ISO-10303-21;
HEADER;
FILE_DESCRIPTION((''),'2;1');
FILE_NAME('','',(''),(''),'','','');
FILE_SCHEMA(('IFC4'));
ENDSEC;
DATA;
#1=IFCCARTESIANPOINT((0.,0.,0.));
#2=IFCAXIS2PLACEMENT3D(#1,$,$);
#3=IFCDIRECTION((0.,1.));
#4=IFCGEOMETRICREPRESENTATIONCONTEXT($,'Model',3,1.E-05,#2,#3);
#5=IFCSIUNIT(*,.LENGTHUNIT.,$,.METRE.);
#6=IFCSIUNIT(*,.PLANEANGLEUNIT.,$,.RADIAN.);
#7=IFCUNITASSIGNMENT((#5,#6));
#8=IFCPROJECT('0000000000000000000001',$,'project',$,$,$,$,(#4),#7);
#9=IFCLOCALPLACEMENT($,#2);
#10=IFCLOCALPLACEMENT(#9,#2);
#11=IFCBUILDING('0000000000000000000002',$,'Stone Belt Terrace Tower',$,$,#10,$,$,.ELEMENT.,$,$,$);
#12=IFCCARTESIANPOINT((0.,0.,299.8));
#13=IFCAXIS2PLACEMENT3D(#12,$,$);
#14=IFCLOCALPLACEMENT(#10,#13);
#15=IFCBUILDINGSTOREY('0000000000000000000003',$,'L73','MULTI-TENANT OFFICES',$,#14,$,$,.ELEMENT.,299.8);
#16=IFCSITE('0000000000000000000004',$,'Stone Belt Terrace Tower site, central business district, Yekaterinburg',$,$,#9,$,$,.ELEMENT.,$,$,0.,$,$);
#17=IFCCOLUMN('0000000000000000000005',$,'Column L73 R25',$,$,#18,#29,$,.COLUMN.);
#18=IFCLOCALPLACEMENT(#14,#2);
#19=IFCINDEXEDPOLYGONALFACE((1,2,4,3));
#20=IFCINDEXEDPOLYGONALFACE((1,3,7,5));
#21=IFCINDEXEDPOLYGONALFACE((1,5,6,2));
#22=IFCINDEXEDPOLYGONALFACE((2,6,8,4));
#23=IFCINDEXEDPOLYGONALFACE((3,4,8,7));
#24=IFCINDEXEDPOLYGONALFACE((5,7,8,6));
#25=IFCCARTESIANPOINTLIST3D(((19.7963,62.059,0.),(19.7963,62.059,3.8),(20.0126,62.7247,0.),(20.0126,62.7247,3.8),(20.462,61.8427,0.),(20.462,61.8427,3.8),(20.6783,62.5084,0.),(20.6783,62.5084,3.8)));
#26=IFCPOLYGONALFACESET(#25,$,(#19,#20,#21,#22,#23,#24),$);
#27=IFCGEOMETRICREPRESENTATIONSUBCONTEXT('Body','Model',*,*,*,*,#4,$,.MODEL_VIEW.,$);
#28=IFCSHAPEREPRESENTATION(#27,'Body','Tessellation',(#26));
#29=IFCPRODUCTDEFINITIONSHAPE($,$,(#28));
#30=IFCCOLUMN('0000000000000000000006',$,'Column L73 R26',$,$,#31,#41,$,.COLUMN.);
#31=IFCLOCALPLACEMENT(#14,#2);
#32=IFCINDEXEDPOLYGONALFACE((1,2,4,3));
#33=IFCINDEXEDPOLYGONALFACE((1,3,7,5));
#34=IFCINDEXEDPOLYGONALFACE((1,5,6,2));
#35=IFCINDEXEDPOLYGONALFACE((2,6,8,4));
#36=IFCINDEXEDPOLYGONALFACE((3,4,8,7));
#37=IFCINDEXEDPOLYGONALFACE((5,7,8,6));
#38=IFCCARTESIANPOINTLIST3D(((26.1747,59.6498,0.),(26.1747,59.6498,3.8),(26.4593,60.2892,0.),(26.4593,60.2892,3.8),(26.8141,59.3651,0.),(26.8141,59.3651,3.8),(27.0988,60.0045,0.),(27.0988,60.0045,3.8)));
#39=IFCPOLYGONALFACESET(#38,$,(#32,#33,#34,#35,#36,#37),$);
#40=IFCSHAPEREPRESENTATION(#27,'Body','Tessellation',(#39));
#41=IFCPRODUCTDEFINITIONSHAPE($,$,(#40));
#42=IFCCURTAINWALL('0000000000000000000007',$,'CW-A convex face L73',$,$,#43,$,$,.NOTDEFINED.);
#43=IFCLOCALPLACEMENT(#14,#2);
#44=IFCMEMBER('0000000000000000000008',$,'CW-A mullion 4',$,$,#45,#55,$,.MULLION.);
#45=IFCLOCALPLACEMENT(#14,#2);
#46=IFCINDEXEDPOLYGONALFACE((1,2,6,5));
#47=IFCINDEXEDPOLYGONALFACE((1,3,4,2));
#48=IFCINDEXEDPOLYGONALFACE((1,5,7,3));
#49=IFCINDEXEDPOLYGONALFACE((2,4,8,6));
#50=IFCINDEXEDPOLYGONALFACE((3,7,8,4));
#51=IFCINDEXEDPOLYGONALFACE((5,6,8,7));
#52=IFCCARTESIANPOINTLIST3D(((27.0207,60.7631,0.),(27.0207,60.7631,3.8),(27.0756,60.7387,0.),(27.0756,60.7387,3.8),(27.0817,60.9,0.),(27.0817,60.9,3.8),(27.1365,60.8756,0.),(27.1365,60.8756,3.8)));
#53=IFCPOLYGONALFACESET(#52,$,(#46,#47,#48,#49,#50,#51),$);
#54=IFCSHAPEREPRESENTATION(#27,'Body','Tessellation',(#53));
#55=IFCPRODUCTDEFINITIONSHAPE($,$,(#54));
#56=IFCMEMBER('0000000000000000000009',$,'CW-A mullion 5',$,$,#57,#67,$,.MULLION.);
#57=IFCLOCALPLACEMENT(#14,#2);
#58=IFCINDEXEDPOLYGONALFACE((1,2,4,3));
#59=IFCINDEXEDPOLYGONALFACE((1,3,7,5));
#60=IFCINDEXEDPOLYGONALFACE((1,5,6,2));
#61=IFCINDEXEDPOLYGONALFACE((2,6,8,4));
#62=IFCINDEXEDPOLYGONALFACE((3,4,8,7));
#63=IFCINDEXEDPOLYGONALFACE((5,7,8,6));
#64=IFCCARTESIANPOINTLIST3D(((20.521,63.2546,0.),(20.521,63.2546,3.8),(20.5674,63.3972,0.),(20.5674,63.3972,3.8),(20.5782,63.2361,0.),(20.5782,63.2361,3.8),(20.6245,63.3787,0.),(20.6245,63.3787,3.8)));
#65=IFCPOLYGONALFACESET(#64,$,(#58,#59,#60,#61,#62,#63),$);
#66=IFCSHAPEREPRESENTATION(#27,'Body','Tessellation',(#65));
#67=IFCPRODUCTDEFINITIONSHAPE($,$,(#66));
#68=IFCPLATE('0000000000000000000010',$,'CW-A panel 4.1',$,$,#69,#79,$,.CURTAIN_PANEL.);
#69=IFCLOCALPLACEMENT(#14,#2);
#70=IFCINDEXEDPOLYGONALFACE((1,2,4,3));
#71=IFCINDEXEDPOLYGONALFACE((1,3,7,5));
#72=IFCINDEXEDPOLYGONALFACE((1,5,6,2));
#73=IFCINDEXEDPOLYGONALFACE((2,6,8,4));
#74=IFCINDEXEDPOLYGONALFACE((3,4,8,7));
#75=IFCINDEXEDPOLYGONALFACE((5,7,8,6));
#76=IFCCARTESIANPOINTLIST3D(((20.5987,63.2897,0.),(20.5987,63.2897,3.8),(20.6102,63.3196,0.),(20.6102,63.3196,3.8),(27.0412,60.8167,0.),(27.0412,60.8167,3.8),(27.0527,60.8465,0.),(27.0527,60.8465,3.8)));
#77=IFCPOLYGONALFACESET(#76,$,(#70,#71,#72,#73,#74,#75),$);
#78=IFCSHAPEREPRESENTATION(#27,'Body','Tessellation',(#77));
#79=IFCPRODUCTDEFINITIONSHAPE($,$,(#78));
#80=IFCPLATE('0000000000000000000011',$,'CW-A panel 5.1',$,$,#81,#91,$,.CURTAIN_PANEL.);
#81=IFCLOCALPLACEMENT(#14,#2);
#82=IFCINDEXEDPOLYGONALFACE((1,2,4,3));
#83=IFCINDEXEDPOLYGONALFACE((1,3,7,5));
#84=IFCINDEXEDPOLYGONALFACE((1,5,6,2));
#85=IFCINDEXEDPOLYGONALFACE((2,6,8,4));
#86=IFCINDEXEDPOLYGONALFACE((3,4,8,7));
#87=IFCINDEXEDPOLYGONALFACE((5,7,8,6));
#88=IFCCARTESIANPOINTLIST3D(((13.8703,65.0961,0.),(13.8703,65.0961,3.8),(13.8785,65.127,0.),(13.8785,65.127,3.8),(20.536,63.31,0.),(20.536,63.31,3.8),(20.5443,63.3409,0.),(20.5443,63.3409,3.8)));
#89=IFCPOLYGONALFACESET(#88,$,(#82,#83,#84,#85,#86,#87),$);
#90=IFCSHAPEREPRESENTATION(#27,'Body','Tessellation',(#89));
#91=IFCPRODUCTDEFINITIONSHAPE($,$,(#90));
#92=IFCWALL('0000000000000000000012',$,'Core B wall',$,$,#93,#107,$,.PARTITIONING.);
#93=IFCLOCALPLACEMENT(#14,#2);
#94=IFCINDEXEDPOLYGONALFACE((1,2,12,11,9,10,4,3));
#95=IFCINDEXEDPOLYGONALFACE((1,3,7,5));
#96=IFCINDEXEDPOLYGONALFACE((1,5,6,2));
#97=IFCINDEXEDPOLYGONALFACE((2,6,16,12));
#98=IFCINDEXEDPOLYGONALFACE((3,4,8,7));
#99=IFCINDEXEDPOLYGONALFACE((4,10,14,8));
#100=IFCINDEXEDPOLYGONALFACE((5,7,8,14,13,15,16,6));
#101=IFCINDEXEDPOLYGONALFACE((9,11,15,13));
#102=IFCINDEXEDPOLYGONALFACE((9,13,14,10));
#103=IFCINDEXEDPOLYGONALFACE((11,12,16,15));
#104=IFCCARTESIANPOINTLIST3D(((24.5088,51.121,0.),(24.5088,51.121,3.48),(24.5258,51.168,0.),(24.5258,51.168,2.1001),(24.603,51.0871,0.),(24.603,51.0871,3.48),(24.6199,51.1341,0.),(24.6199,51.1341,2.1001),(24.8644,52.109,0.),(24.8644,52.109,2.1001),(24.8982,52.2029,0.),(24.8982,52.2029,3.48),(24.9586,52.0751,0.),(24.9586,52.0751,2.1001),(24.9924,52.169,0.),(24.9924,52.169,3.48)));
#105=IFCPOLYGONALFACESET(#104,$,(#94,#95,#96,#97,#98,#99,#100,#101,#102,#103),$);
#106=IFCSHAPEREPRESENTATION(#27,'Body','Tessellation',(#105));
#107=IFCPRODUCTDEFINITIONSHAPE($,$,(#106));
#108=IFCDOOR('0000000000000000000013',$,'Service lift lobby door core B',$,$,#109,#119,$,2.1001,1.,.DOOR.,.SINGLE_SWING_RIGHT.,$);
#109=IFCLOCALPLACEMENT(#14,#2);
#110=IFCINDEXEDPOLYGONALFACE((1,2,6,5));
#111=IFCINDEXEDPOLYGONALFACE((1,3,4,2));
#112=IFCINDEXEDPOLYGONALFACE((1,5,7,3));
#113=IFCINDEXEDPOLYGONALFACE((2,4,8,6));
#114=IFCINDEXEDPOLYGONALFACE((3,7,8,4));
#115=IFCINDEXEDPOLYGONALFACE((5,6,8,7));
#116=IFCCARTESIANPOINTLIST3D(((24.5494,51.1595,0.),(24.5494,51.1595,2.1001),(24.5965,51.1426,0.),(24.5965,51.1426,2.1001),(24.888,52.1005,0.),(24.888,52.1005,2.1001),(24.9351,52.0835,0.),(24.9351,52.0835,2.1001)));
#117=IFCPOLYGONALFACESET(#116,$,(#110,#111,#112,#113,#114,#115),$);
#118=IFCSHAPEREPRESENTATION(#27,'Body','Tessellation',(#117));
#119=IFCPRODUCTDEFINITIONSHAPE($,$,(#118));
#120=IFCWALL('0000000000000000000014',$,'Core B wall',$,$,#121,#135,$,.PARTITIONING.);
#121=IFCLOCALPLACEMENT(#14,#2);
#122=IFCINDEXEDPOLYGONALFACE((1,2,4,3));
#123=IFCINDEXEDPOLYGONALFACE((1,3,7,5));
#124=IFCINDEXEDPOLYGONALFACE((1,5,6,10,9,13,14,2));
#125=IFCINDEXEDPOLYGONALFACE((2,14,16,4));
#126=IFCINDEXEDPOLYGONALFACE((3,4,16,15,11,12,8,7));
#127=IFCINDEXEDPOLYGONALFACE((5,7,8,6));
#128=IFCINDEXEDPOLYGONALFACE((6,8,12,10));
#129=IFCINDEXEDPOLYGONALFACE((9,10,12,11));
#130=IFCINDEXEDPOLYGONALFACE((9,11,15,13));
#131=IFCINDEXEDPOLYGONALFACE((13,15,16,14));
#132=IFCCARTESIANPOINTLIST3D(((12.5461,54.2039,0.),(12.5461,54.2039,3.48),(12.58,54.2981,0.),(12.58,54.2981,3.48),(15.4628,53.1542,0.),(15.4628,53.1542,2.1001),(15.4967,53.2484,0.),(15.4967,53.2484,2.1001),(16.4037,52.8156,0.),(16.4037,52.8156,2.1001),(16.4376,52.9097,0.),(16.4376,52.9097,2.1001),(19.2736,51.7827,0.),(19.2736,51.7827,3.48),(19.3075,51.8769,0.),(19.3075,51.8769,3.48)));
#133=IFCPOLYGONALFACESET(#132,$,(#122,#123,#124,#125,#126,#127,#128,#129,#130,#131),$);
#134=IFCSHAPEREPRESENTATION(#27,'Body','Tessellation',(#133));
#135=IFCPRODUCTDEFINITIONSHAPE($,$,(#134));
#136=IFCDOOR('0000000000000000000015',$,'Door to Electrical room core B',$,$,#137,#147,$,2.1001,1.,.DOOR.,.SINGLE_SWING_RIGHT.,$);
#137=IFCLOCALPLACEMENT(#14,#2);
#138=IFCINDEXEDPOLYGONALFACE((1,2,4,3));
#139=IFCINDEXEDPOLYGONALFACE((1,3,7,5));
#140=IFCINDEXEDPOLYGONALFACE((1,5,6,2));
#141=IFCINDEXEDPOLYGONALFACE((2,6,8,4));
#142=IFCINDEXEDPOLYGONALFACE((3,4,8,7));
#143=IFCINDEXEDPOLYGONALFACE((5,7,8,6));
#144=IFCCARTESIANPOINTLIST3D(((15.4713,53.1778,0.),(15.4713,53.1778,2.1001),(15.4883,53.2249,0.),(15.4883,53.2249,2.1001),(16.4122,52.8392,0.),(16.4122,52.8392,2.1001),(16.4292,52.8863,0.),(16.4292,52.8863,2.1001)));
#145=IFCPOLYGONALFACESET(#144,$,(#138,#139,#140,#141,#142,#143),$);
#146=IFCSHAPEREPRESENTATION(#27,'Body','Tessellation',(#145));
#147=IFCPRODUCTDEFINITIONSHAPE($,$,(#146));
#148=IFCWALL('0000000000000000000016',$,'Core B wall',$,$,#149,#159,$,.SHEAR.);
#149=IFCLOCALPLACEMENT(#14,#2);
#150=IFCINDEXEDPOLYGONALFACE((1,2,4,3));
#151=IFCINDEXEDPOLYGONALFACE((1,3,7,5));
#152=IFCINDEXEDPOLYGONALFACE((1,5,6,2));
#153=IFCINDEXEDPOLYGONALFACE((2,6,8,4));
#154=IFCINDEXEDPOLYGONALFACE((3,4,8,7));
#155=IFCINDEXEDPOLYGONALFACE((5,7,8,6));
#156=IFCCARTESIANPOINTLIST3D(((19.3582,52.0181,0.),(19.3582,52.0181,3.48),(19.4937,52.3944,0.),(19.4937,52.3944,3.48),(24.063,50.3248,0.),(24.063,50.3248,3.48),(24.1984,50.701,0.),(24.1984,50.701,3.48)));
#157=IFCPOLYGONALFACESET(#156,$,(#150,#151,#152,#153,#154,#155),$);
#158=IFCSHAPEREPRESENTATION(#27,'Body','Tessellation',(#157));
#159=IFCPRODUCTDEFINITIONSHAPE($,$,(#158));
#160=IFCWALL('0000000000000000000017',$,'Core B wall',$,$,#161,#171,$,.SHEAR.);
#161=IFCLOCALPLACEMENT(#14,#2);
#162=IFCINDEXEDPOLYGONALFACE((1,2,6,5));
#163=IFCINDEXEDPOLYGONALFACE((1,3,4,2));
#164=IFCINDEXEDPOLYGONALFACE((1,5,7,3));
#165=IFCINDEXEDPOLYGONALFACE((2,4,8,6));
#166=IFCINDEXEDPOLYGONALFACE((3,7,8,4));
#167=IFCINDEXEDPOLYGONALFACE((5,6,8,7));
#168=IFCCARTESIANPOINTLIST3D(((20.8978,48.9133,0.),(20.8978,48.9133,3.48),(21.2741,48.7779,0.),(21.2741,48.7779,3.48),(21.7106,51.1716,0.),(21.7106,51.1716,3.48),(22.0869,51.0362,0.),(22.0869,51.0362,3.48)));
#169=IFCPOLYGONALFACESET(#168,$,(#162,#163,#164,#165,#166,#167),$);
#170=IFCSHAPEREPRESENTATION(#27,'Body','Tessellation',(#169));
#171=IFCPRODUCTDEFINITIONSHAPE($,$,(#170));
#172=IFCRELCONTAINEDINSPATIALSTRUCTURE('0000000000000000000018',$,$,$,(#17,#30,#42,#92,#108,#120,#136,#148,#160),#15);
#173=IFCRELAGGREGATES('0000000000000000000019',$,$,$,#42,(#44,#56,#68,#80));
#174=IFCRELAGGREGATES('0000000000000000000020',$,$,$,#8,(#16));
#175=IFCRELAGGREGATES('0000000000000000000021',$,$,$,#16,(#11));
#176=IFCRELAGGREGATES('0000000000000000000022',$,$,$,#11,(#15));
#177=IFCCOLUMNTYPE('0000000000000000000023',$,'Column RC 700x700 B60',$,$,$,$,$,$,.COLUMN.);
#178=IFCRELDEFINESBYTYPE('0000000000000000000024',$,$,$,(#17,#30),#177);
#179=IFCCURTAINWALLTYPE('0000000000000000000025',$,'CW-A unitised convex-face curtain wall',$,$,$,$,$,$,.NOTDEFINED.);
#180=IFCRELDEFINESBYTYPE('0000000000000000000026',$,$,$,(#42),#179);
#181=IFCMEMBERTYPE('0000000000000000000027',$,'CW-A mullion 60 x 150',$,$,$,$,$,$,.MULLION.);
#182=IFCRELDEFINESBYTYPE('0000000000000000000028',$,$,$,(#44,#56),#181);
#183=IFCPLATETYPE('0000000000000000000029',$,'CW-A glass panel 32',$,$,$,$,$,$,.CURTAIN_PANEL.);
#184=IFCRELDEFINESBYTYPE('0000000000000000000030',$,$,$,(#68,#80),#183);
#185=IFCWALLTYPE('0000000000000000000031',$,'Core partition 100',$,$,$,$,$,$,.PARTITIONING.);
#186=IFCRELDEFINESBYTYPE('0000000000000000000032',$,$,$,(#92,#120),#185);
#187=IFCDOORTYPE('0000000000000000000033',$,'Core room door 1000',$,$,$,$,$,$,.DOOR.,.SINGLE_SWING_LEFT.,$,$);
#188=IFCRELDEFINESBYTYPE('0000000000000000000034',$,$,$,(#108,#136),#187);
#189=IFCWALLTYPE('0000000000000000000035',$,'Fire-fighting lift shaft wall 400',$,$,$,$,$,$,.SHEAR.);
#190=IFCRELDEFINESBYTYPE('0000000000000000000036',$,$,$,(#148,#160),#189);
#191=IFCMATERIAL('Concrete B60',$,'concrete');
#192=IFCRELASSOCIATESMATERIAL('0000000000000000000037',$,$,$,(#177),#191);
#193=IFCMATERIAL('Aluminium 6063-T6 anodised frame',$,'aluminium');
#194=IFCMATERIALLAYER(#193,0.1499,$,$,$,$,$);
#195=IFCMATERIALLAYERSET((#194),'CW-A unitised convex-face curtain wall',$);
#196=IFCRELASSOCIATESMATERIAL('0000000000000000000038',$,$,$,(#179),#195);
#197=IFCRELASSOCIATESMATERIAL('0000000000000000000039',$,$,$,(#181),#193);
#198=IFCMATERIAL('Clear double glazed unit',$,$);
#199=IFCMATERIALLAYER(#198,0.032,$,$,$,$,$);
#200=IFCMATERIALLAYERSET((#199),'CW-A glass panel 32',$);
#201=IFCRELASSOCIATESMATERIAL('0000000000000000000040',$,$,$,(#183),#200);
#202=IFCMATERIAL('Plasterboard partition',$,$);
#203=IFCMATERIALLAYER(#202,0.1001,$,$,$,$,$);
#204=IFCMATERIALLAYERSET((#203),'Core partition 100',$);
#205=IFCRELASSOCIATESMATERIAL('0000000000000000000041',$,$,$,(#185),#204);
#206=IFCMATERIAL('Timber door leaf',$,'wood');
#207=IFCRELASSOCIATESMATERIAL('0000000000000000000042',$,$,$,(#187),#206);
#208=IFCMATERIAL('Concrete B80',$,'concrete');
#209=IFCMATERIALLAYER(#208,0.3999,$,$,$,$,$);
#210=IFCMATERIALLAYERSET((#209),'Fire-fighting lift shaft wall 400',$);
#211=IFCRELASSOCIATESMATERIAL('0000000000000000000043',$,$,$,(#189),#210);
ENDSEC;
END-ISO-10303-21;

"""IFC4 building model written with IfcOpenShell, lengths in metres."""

from ifc_helpers import new_model, si_unit, direction, frame, frame_2d, origin, origin_2d, place, context, subcontext, project, spatial, rectangle, extrude, material, layer, layer_set, material_profile, profile_set, type_object, element, fill, aggregate, save


model = new_model("IFC4")

# Units and contexts
model_context = context("Model", 3, precision=1e-05, world=origin(), true_north=direction((0.0, 1.0)))
body_context = subcontext(model_context, "Body", "Model", "MODEL_VIEW")
ifc_project = project(units=[si_unit("LENGTHUNIT", "METRE"), si_unit("PLANEANGLEUNIT", "RADIAN")], contexts=[model_context])

# Site, building, storey
site_placement = place(None, origin())
site = spatial("IfcSite", under=ifc_project, at=site_placement, Name="Stone Belt Terrace Tower site, central business district, Yekaterinburg", CompositionType="ELEMENT", RefElevation=0.0)
building_placement = place(site_placement, origin())
building = spatial("IfcBuilding", under=site, at=building_placement, Name="Stone Belt Terrace Tower", CompositionType="ELEMENT")
storey_placement = place(building_placement, frame((0.0, 0.0, 299.8)))
storey = spatial("IfcBuildingStorey", under=building, at=storey_placement, Name="L73", Description="MULTI-TENANT OFFICES", CompositionType="ELEMENT", Elevation=299.8)

# Columns
ifc_material_1 = material(Name="Concrete B60", Category="concrete")
ifc_material_profile_1 = material_profile(ifc_material_1, rectangle(XDim=0.7, YDim=0.7, at=origin_2d()), Name="RC 700x700")
ifc_profile_set_1 = profile_set([ifc_material_profile_1], Name="Concrete B60")
column_type = type_object("IfcColumnType", Name="Column RC 700x700 B60", PredefinedType="COLUMN", material=ifc_profile_set_1)
for number, where, z_axis, x_axis, name in (
    (1, (20.2373, 62.2837, 0.0), (0.0, 0.0, 1.0), (0.951057, -0.309017, 0.0), "Column L73 R25"),
    (2, (26.6367, 59.8271, 0.0), (0.0, 0.0, 1.0), (0.913545, -0.406737, 0.0), "Column L73 R26"),
):
    element("IfcColumn", number, at=place(storey_placement, frame(where, z_axis=z_axis, x_axis=x_axis)), inside=storey, type_object=column_type, Name=name, PredefinedType="COLUMN", context=body_context, shape_type="SweptSolid", body=[
        extrude(rectangle(XDim=0.7, YDim=0.7, at=origin_2d()), origin(), (0.0, 0.0, 1.0), 3.8),
    ])

# Curtain wall, members, plates
ifc_material_2 = material(Name="Aluminium 6063-T6 anodised frame", Category="aluminium")
ifc_layer_1 = layer(ifc_material_2, 0.1499)
ifc_layer_set_1 = layer_set([ifc_layer_1], Name="CW-A unitised convex-face curtain wall")
curtain_wall_type = type_object("IfcCurtainWallType", Name="CW-A unitised convex-face curtain wall", PredefinedType="NOTDEFINED", material=ifc_layer_set_1)
curtain_wall_placement = place(storey_placement, origin())
curtain_wall = element("IfcCurtainWall", 3, at=curtain_wall_placement, inside=storey, type_object=curtain_wall_type, Name="CW-A convex face L73", PredefinedType="NOTDEFINED")
ifc_material_profile_2 = material_profile(ifc_material_2, rectangle(XDim=0.1499, YDim=0.0601, at=origin_2d()), Name="Aluminium 6063-T6 60x150")
ifc_profile_set_2 = profile_set([ifc_material_profile_2], Name="Aluminium 6063-T6 anodised frame")
member_type = type_object("IfcMemberType", Name="CW-A mullion 60 x 150", PredefinedType="MULLION", material=ifc_profile_set_2)
member_1_placement = place(storey_placement, frame((27.0786, 60.8193, 0.0), z_axis=(0.0, 0.0, 1.0), x_axis=(-0.406737, -0.913545, 0.0)))
member_1 = element("IfcMember", 4, at=member_1_placement, type_object=member_type, Name="CW-A mullion 4", PredefinedType="MULLION", context=body_context, shape_type="SweptSolid", body=[
    extrude(rectangle(XDim=0.1499, YDim=0.0601, at=origin_2d()), origin(), (0.0, 0.0, 1.0), 3.8),
])
member_2_placement = place(storey_placement, frame((20.5728, 63.3167, 0.0), z_axis=(0.0, 0.0, 1.0), x_axis=(-0.309017, -0.951057, 0.0)))
member_2 = element("IfcMember", 5, at=member_2_placement, type_object=member_type, Name="CW-A mullion 5", PredefinedType="MULLION", context=body_context, shape_type="SweptSolid", body=[
    extrude(rectangle(XDim=0.1499, YDim=0.0601, at=origin_2d()), origin(), (0.0, 0.0, 1.0), 3.8),
])
ifc_material_3 = material(Name="Clear double glazed unit")
ifc_layer_2 = layer(ifc_material_3, 0.032)
ifc_layer_set_2 = layer_set([ifc_layer_2], Name="CW-A glass panel 32")
plate_type = type_object("IfcPlateType", Name="CW-A glass panel 32", PredefinedType="CURTAIN_PANEL", material=ifc_layer_set_2)
plate_1_placement = place(storey_placement, frame((23.8257, 62.0681, 0.0), z_axis=(0.0, 0.0, 1.0), x_axis=(-0.93358, 0.358368, 0.0)))
plate_1 = element("IfcPlate", 6, at=plate_1_placement, type_object=plate_type, Name="CW-A panel 4.1", PredefinedType="CURTAIN_PANEL", context=body_context, shape_type="SweptSolid", body=[
    extrude(rectangle(XDim=6.9009, YDim=0.032, at=origin_2d()), origin(), (0.0, 0.0, 1.0), 3.8),
])
plate_2_placement = place(storey_placement, frame((17.2073, 64.2185, 0.0), z_axis=(0.0, 0.0, 1.0), x_axis=(-0.965926, 0.258819, 0.0)))
plate_2 = element("IfcPlate", 7, at=plate_2_placement, type_object=plate_type, Name="CW-A panel 5.1", PredefinedType="CURTAIN_PANEL", context=body_context, shape_type="SweptSolid", body=[
    extrude(rectangle(XDim=6.9009, YDim=0.032, at=origin_2d()), origin(), (0.0, 0.0, 1.0), 3.8),
])
aggregate(curtain_wall, [member_1, member_2, plate_1, plate_2])

# Walls, openings, doors
ifc_material_4 = material(Name="Plasterboard partition")
ifc_layer_3 = layer(ifc_material_4, 0.1001)
ifc_layer_set_3 = layer_set([ifc_layer_3], Name="Core partition 100")
wall_type_1 = type_object("IfcWallType", Name="Core partition 100", PredefinedType="PARTITIONING", material=ifc_layer_set_3)
wall_1_placement = place(storey_placement, frame((24.5559, 51.104, 0.0), z_axis=(0.0, 0.0, 1.0), x_axis=(0.338622, 0.940923, 0.0)))
wall_1 = element("IfcWall", 8, at=wall_1_placement, inside=storey, type_object=wall_type_1, Name="Core B wall", PredefinedType="PARTITIONING", context=body_context, shape_type="SweptSolid", body=[
    extrude(rectangle(XDim=1.1499, YDim=0.1001, at=frame_2d((0.575, 0.0))), origin(), (0.0, 0.0, 1.0), 3.48),
])
opening_1_placement = place(wall_1_placement, frame((0.05, 0.0, 0.0)))
opening_1 = element("IfcOpeningElement", 9, at=opening_1_placement, cuts=wall_1, PredefinedType="OPENING", context=body_context, shape_type="SweptSolid", body=[
    extrude(rectangle(XDim=1.0, YDim=2.1001, at=frame_2d((0.5, 1.05))), frame((0.0, 0.0601, 0.0), z_axis=(0.0, -1.0, 0.0), x_axis=(1.0, 0.0, 0.0)), (0.0, 0.0, 1.0), 0.1201),
])
ifc_material_5 = material(Name="Timber door leaf", Category="wood")
door_type_1 = type_object("IfcDoorType", Name="Core room door 1000", OperationType="SINGLE_SWING_LEFT", PredefinedType="DOOR", material=ifc_material_5)
door_1_placement = place(opening_1_placement, origin())
door_1 = element("IfcDoor", 10, at=door_1_placement, inside=storey, type_object=door_type_1, Name="Service lift lobby door core B", OperationType="SINGLE_SWING_RIGHT", OverallHeight=2.1001, OverallWidth=1.0, PredefinedType="DOOR", context=body_context, shape_type="SweptSolid", body=[
    extrude(rectangle(XDim=1.0, YDim=2.1001, at=frame_2d((0.5, 1.05))), frame((0.0, 0.0249, 0.0), z_axis=(0.0, -1.0, 0.0), x_axis=(1.0, 0.0, 0.0)), (0.0, 0.0, 1.0), 0.05),
])
fill(opening_1, door_1)
wall_2_placement = place(storey_placement, frame((19.2905, 51.8298, 0.0), z_axis=(0.0, 0.0, 1.0), x_axis=(-0.940922, 0.338624, 0.0)))
wall_2 = element("IfcWall", 11, at=wall_2_placement, inside=storey, type_object=wall_type_1, Name="Core B wall", PredefinedType="PARTITIONING", context=body_context, shape_type="SweptSolid", body=[
    extrude(rectangle(XDim=7.1499, YDim=0.1001, at=frame_2d((3.575, 0.0))), origin(), (0.0, 0.0, 1.0), 3.48),
])
opening_2_placement = place(wall_2_placement, frame((3.05, 0.0, 0.0)))
opening_2 = element("IfcOpeningElement", 12, at=opening_2_placement, cuts=wall_2, PredefinedType="OPENING", context=body_context, shape_type="SweptSolid", body=[
    extrude(rectangle(XDim=1.0, YDim=2.1001, at=frame_2d((0.5, 1.05))), frame((0.0, 0.0601, 0.0), z_axis=(0.0, -1.0, 0.0), x_axis=(1.0, 0.0, 0.0)), (0.0, 0.0, 1.0), 0.1201),
])
door_2_placement = place(opening_2_placement, origin())
door_2 = element("IfcDoor", 13, at=door_2_placement, inside=storey, type_object=door_type_1, Name="Door to Electrical room core B", OperationType="SINGLE_SWING_RIGHT", OverallHeight=2.1001, OverallWidth=1.0, PredefinedType="DOOR", context=body_context, shape_type="SweptSolid", body=[
    extrude(rectangle(XDim=1.0, YDim=2.1001, at=frame_2d((0.5, 1.05))), frame((0.0, 0.0249, 0.0), z_axis=(0.0, -1.0, 0.0), x_axis=(1.0, 0.0, 0.0)), (0.0, 0.0, 1.0), 0.05),
])
fill(opening_2, door_2)

# Walls
ifc_material_6 = material(Name="Concrete B80", Category="concrete")
ifc_layer_4 = layer(ifc_material_6, 0.3999)
ifc_layer_set_4 = layer_set([ifc_layer_4], Name="Fire-fighting lift shaft wall 400")
wall_type_2 = type_object("IfcWallType", Name="Fire-fighting lift shaft wall 400", PredefinedType="SHEAR", material=ifc_layer_set_4)
wall_3_placement = place(storey_placement, frame((24.1306, 50.5129, 0.0), z_axis=(0.0, 0.0, 1.0), x_axis=(-0.940912, 0.338652, 0.0)))
element("IfcWall", 14, at=wall_3_placement, inside=storey, type_object=wall_type_2, Name="Core B wall", PredefinedType="SHEAR", context=body_context, shape_type="SweptSolid", body=[
    extrude(rectangle(XDim=5.0002, YDim=0.3999, at=frame_2d((2.5, 0.0))), origin(), (0.0, 0.0, 1.0), 3.48),
])
wall_4_placement = place(storey_placement, frame((21.0859, 48.8455, 0.0), z_axis=(0.0, 0.0, 1.0), x_axis=(0.338629, 0.94092, 0.0)))
element("IfcWall", 15, at=wall_4_placement, inside=storey, type_object=wall_type_2, Name="Core B wall", PredefinedType="SHEAR", context=body_context, shape_type="SweptSolid", body=[
    extrude(rectangle(XDim=2.4001, YDim=0.3999, at=frame_2d((1.2002, 0.0))), origin(), (0.0, 0.0, 1.0), 3.48),
])

save(model, "model.ifc")
